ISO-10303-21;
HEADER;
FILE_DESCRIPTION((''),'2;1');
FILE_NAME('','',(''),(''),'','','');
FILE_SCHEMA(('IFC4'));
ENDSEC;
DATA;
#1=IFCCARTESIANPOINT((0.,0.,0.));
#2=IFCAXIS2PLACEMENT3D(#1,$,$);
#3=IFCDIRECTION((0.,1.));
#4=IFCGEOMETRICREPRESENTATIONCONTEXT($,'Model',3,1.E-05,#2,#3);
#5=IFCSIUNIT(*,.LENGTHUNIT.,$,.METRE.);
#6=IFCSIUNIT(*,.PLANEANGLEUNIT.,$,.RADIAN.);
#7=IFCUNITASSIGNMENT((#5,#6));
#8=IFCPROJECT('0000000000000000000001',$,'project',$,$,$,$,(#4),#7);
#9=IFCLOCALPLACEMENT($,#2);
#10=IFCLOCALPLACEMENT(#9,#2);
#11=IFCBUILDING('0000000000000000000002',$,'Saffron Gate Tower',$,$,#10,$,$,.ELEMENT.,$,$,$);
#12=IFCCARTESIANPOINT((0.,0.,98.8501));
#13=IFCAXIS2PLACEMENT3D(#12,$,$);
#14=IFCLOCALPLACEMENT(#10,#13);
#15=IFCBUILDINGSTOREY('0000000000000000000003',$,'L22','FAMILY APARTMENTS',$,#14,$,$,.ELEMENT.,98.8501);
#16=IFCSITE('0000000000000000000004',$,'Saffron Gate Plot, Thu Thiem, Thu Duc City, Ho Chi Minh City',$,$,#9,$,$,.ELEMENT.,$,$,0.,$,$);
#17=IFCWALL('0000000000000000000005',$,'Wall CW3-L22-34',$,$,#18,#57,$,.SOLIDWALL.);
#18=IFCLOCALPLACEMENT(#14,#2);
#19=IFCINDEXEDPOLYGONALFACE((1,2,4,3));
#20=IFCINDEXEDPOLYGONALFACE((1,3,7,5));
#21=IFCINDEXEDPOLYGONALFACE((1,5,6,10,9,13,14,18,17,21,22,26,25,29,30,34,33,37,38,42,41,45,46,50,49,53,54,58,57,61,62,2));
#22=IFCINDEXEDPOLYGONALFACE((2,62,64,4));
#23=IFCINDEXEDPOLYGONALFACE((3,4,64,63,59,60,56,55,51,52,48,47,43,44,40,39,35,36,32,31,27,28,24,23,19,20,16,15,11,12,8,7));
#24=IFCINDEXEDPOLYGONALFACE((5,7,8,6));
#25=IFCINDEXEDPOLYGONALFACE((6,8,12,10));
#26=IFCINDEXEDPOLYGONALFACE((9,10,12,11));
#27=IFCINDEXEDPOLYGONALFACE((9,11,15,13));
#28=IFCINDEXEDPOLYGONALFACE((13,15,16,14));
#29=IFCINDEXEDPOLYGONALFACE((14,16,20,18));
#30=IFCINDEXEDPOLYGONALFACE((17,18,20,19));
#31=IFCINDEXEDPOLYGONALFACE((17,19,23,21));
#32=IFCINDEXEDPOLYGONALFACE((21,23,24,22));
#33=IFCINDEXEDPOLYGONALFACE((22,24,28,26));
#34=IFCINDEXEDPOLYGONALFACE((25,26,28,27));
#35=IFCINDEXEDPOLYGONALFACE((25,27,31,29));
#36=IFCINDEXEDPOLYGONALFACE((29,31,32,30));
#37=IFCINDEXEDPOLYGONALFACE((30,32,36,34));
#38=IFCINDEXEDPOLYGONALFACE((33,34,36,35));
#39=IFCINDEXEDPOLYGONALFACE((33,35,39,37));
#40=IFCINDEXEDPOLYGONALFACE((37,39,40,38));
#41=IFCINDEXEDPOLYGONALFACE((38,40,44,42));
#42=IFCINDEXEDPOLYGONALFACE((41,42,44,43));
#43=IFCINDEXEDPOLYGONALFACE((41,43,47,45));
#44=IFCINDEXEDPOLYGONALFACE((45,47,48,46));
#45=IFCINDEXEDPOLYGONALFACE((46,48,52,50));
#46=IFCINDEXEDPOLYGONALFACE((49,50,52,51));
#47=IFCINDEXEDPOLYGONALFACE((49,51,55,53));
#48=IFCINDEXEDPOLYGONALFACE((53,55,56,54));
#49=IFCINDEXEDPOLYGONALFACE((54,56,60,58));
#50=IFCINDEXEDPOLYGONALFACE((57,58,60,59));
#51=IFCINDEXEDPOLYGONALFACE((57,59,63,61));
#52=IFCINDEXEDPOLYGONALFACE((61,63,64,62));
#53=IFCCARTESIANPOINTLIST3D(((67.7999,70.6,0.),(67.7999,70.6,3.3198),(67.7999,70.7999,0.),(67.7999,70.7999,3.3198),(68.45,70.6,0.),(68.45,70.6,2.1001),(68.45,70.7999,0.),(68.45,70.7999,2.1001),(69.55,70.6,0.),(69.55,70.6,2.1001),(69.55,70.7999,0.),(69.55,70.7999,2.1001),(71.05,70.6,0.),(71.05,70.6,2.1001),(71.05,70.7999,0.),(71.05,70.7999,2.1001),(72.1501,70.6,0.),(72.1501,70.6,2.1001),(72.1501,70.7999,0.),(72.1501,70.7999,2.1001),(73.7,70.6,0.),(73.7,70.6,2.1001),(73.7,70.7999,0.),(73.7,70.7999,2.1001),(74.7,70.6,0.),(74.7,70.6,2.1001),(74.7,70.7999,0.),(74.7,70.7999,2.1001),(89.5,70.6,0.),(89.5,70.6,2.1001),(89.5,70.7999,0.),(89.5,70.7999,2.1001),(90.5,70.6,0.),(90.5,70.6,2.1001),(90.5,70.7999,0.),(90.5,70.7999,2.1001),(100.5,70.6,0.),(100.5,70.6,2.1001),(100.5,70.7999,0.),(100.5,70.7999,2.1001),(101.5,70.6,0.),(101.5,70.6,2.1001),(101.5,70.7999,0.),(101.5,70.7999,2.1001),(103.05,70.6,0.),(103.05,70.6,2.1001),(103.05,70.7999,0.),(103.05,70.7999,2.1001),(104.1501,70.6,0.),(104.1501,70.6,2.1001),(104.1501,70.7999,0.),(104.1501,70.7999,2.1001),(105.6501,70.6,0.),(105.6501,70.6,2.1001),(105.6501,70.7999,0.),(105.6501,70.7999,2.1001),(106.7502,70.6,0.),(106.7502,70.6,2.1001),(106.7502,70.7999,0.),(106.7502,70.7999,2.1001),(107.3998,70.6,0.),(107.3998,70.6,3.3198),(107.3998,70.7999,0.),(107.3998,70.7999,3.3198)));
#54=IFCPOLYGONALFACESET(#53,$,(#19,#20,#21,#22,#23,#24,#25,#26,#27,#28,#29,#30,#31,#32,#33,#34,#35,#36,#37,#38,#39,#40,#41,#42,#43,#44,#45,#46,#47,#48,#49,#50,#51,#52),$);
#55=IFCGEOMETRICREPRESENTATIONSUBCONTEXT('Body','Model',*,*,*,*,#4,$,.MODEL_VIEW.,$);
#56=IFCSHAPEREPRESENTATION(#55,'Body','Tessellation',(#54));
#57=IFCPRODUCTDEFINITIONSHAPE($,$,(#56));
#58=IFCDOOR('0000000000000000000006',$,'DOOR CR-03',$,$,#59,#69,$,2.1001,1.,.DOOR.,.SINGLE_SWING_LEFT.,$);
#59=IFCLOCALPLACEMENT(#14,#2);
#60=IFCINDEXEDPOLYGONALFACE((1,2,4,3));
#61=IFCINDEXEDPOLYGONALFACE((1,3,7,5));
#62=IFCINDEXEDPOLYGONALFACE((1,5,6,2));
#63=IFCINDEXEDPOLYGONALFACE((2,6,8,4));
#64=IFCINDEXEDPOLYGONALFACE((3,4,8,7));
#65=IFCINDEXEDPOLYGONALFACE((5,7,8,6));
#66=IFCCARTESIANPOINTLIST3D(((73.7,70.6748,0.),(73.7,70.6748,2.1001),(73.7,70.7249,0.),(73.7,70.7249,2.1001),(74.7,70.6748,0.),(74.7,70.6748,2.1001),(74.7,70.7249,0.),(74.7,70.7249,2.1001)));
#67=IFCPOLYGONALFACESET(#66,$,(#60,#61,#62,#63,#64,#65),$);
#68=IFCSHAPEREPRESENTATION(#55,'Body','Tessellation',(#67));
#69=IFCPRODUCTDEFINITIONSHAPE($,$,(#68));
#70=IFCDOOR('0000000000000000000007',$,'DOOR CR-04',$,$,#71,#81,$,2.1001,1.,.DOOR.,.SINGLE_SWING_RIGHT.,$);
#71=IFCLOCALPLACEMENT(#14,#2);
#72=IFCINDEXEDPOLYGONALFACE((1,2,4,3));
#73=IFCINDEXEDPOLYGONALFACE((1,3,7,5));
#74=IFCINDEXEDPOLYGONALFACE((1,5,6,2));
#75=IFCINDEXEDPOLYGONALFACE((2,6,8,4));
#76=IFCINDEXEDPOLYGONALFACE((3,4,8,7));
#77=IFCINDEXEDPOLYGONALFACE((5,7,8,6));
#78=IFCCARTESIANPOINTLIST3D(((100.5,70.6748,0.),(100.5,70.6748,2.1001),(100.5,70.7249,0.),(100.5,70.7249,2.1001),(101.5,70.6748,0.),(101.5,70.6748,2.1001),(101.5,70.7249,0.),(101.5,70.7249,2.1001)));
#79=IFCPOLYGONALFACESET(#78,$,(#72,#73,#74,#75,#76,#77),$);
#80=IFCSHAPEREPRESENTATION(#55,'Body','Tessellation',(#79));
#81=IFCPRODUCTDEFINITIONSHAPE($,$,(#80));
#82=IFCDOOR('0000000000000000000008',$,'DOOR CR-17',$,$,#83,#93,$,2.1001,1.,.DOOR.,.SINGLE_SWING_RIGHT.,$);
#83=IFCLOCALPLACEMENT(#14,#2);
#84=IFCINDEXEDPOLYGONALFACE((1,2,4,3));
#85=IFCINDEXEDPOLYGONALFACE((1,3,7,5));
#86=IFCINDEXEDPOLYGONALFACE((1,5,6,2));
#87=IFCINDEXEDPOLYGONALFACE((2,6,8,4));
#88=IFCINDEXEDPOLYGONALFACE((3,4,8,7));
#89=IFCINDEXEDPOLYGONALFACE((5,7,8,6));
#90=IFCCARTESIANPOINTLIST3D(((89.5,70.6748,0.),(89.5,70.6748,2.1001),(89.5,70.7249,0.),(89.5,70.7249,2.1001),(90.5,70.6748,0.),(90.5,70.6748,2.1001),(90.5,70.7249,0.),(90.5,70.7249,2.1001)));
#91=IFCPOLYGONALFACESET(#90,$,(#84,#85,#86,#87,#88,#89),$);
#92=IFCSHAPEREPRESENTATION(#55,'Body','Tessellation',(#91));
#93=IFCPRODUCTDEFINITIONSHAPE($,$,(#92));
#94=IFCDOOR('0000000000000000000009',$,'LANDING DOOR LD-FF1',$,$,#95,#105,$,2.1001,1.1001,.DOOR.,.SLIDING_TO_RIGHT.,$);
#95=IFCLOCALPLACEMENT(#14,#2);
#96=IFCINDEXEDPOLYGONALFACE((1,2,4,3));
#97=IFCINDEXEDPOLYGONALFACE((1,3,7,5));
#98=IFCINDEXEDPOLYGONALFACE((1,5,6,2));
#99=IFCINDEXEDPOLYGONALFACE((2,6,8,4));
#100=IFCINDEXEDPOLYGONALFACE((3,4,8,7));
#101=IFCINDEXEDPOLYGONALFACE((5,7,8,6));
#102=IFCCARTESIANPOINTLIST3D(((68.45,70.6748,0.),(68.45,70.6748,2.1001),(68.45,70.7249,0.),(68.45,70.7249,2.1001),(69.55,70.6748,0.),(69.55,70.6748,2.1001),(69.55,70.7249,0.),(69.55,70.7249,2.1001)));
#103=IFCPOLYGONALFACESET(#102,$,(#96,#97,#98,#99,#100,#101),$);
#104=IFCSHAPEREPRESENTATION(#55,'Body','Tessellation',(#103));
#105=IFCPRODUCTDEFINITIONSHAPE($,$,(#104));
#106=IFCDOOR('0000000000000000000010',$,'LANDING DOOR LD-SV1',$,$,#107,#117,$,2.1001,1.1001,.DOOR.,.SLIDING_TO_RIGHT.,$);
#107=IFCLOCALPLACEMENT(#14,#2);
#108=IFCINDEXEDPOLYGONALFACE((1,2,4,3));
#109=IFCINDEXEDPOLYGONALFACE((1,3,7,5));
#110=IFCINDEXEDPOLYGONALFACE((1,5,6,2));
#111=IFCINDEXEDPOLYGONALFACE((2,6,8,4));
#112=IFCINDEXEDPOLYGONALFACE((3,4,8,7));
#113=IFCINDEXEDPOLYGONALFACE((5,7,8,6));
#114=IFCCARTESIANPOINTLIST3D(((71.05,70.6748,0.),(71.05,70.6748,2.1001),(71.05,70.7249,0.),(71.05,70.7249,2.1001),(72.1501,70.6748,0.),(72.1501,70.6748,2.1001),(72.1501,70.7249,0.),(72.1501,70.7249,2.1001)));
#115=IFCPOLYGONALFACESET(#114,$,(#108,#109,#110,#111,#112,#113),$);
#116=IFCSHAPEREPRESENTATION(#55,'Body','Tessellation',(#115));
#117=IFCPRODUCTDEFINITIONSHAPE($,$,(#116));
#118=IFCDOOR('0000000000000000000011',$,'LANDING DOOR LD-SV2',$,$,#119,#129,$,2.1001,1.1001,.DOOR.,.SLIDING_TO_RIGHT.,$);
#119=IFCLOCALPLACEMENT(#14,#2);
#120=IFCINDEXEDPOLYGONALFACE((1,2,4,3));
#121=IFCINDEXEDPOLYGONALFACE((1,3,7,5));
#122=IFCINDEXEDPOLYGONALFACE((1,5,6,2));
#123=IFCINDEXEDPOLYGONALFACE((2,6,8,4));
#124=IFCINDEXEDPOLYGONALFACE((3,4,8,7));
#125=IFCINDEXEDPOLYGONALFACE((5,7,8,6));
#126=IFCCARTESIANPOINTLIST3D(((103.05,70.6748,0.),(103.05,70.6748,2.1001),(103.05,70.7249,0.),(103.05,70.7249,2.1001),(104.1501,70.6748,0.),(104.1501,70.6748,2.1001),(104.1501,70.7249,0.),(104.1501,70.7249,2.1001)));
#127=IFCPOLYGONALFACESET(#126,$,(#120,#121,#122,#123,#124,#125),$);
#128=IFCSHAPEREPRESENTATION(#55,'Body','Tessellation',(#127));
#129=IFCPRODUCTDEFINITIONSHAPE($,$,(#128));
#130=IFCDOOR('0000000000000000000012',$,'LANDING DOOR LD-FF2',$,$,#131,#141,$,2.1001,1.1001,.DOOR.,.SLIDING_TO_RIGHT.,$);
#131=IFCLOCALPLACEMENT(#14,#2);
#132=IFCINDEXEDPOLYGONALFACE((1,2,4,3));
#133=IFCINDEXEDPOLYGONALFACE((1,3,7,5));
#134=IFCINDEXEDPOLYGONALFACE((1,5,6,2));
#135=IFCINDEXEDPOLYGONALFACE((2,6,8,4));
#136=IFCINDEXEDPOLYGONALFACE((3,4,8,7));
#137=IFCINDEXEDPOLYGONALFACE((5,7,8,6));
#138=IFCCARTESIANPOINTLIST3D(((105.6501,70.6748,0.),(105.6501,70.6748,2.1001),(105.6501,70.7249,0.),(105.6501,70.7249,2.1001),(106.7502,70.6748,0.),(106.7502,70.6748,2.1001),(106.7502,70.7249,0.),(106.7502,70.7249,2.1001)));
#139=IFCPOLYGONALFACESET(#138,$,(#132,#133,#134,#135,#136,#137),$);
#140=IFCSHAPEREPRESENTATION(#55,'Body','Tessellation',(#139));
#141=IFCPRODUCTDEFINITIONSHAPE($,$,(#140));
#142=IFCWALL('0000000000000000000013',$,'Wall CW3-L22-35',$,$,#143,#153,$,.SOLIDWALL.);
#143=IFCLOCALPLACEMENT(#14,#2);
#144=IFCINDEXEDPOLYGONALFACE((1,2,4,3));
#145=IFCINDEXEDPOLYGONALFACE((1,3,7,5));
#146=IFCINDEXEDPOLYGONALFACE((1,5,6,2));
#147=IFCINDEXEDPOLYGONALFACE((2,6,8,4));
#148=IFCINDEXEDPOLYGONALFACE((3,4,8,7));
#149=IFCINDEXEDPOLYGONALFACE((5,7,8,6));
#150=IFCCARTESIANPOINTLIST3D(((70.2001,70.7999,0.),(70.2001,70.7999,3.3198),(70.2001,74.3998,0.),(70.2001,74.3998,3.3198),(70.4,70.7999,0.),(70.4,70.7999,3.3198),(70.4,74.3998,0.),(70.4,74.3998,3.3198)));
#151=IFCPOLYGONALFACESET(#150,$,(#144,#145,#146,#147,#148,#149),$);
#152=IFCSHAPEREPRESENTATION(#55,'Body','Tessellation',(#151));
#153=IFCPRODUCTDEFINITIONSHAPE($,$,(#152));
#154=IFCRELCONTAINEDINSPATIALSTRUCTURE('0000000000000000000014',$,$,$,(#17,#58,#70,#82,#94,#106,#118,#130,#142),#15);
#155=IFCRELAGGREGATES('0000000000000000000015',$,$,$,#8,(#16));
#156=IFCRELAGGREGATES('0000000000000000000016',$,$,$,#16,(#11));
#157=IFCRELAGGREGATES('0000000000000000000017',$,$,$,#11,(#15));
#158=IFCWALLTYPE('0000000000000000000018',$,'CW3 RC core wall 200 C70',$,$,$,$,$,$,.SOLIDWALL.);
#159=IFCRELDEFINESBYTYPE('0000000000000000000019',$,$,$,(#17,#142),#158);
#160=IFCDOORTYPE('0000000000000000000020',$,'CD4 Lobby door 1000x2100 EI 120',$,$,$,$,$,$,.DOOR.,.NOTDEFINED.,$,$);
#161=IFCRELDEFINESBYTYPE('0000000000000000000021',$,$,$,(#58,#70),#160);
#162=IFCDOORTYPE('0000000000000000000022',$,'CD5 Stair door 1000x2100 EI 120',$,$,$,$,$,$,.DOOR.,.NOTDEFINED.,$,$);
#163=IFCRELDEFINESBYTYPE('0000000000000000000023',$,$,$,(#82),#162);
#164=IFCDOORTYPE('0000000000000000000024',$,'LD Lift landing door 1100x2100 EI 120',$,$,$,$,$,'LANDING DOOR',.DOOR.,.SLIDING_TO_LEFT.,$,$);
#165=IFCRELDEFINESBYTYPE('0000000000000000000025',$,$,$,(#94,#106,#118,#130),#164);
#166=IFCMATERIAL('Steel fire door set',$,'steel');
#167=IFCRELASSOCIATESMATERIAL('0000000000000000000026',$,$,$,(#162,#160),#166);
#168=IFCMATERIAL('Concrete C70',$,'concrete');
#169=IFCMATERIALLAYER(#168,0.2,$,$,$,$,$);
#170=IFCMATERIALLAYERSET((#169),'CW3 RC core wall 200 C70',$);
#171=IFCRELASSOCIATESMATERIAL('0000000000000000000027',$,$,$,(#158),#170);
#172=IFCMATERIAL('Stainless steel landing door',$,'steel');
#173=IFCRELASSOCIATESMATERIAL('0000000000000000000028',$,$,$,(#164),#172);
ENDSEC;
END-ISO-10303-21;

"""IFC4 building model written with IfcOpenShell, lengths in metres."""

from ifc_helpers import new_model, si_unit, direction, frame, frame_2d, origin, place, context, subcontext, project, spatial, rectangle, extrude, material, layer, layer_set, type_object, element, fill, save


model = new_model("IFC4")

# Units and contexts
model_context = context("Model", 3, precision=1e-05, world=origin(), true_north=direction((0.0, 1.0)))
body_context = subcontext(model_context, "Body", "Model", "MODEL_VIEW")
ifc_project = project(units=[si_unit("LENGTHUNIT", "METRE"), si_unit("PLANEANGLEUNIT", "RADIAN")], contexts=[model_context])

# Site, building, storey
site_placement = place(None, origin())
site = spatial("IfcSite", under=ifc_project, at=site_placement, Name="Saffron Gate Plot, Thu Thiem, Thu Duc City, Ho Chi Minh City", CompositionType="ELEMENT", RefElevation=0.0)
building_placement = place(site_placement, origin())
building = spatial("IfcBuilding", under=site, at=building_placement, Name="Saffron Gate Tower", CompositionType="ELEMENT")
storey_placement = place(building_placement, frame((0.0, 0.0, 98.8501)))
storey = spatial("IfcBuildingStorey", under=building, at=storey_placement, Name="L22", Description="FAMILY APARTMENTS", CompositionType="ELEMENT", Elevation=98.8501)

# Shared definitions
ifc_material_1 = material(Name="Concrete C70", Category="concrete")

# Wall, openings, doors
ifc_material_2 = material(Name="Steel fire door set", Category="steel")
door_type_1 = type_object("IfcDoorType", Name="CD5 Stair door 1000x2100 EI 120", OperationType="NOTDEFINED", PredefinedType="DOOR", material=ifc_material_2)
ifc_layer_1 = layer(ifc_material_1, 0.2)
ifc_layer_set_1 = layer_set([ifc_layer_1], Name="CW3 RC core wall 200 C70")
wall_type_1 = type_object("IfcWallType", Name="CW3 RC core wall 200 C70", PredefinedType="SOLIDWALL", material=ifc_layer_set_1)
wall_1_placement = place(storey_placement, frame((67.8, 70.7, 0.0), z_axis=(0.0, 0.0, 1.0), x_axis=(1.0, 0.0, 0.0)))
wall_1 = element("IfcWall", 1, at=wall_1_placement, inside=storey, type_object=wall_type_1, Name="Wall CW3-L22-34", PredefinedType="SOLIDWALL", context=body_context, shape_type="SweptSolid", body=[
    extrude(rectangle(XDim=39.5999, YDim=0.2, at=frame_2d((19.7998, 0.0))), origin(), (0.0, 0.0, 1.0), 3.3198),
])
opening_1_placement = place(wall_1_placement, frame((0.6499, 0.0, 0.0)))
opening_1 = element("IfcOpeningElement", 2, at=opening_1_placement, cuts=wall_1, PredefinedType="OPENING", context=body_context, shape_type="SweptSolid", body=[
    extrude(rectangle(XDim=1.1001, YDim=2.1001, at=frame_2d((0.55, 1.05))), frame((0.0, 0.1099, 0.0), z_axis=(0.0, -1.0, 0.0), x_axis=(1.0, 0.0, 0.0)), (0.0, 0.0, 1.0), 0.22),
])
opening_2_placement = place(wall_1_placement, frame((3.25, 0.0, 0.0)))
opening_2 = element("IfcOpeningElement", 3, at=opening_2_placement, cuts=wall_1, PredefinedType="OPENING", context=body_context, shape_type="SweptSolid", body=[
    extrude(rectangle(XDim=1.1001, YDim=2.1001, at=frame_2d((0.55, 1.05))), frame((0.0, 0.1099, 0.0), z_axis=(0.0, -1.0, 0.0), x_axis=(1.0, 0.0, 0.0)), (0.0, 0.0, 1.0), 0.22),
])
opening_3_placement = place(wall_1_placement, frame((5.8999, 0.0, 0.0)))
opening_3 = element("IfcOpeningElement", 4, at=opening_3_placement, cuts=wall_1, PredefinedType="OPENING", context=body_context, shape_type="SweptSolid", body=[
    extrude(rectangle(XDim=1.0, YDim=2.1001, at=frame_2d((0.5, 1.05))), frame((0.0, 0.1099, 0.0), z_axis=(0.0, -1.0, 0.0), x_axis=(1.0, 0.0, 0.0)), (0.0, 0.0, 1.0), 0.22),
])
opening_4_placement = place(wall_1_placement, frame((21.7, 0.0, 0.0)))
opening_4 = element("IfcOpeningElement", 5, at=opening_4_placement, cuts=wall_1, PredefinedType="OPENING", context=body_context, shape_type="SweptSolid", body=[
    extrude(rectangle(XDim=1.0, YDim=2.1001, at=frame_2d((0.5, 1.05))), frame((0.0, 0.1099, 0.0), z_axis=(0.0, -1.0, 0.0), x_axis=(1.0, 0.0, 0.0)), (0.0, 0.0, 1.0), 0.22),
])
opening_5_placement = place(wall_1_placement, frame((32.7, 0.0, 0.0)))
opening_5 = element("IfcOpeningElement", 6, at=opening_5_placement, cuts=wall_1, PredefinedType="OPENING", context=body_context, shape_type="SweptSolid", body=[
    extrude(rectangle(XDim=1.0, YDim=2.1001, at=frame_2d((0.5, 1.05))), frame((0.0, 0.1099, 0.0), z_axis=(0.0, -1.0, 0.0), x_axis=(1.0, 0.0, 0.0)), (0.0, 0.0, 1.0), 0.22),
])
opening_6_placement = place(wall_1_placement, frame((35.25, 0.0, 0.0)))
opening_6 = element("IfcOpeningElement", 7, at=opening_6_placement, cuts=wall_1, PredefinedType="OPENING", context=body_context, shape_type="SweptSolid", body=[
    extrude(rectangle(XDim=1.1001, YDim=2.1001, at=frame_2d((0.55, 1.05))), frame((0.0, 0.1099, 0.0), z_axis=(0.0, -1.0, 0.0), x_axis=(1.0, 0.0, 0.0)), (0.0, 0.0, 1.0), 0.22),
])
opening_7_placement = place(wall_1_placement, frame((37.8501, 0.0, 0.0)))
opening_7 = element("IfcOpeningElement", 8, at=opening_7_placement, cuts=wall_1, PredefinedType="OPENING", context=body_context, shape_type="SweptSolid", body=[
    extrude(rectangle(XDim=1.1001, YDim=2.1001, at=frame_2d((0.55, 1.05))), frame((0.0, 0.1099, 0.0), z_axis=(0.0, -1.0, 0.0), x_axis=(1.0, 0.0, 0.0)), (0.0, 0.0, 1.0), 0.22),
])
door_type_2 = type_object("IfcDoorType", Name="CD4 Lobby door 1000x2100 EI 120", OperationType="NOTDEFINED", PredefinedType="DOOR", material=ifc_material_2)
door_1_placement = place(opening_3_placement, origin())
door_1 = element("IfcDoor", 9, at=door_1_placement, inside=storey, type_object=door_type_2, Name="DOOR CR-03", OperationType="SINGLE_SWING_LEFT", OverallHeight=2.1001, OverallWidth=1.0, PredefinedType="DOOR", context=body_context, shape_type="SweptSolid", body=[
    extrude(rectangle(XDim=1.0, YDim=2.1001, at=frame_2d((0.5, 1.05))), frame((0.0, 0.0249, 0.0), z_axis=(0.0, -1.0, 0.0), x_axis=(1.0, 0.0, 0.0)), (0.0, 0.0, 1.0), 0.05),
])
fill(opening_3, door_1)
door_2_placement = place(opening_5_placement, origin())
door_2 = element("IfcDoor", 10, at=door_2_placement, inside=storey, type_object=door_type_2, Name="DOOR CR-04", OperationType="SINGLE_SWING_RIGHT", OverallHeight=2.1001, OverallWidth=1.0, PredefinedType="DOOR", context=body_context, shape_type="SweptSolid", body=[
    extrude(rectangle(XDim=1.0, YDim=2.1001, at=frame_2d((0.5, 1.05))), frame((0.0, 0.0249, 0.0), z_axis=(0.0, -1.0, 0.0), x_axis=(1.0, 0.0, 0.0)), (0.0, 0.0, 1.0), 0.05),
])
fill(opening_5, door_2)
door_3_placement = place(opening_4_placement, origin())
door_3 = element("IfcDoor", 11, at=door_3_placement, inside=storey, type_object=door_type_1, Name="DOOR CR-17", OperationType="SINGLE_SWING_RIGHT", OverallHeight=2.1001, OverallWidth=1.0, PredefinedType="DOOR", context=body_context, shape_type="SweptSolid", body=[
    extrude(rectangle(XDim=1.0, YDim=2.1001, at=frame_2d((0.5, 1.05))), frame((0.0, 0.0249, 0.0), z_axis=(0.0, -1.0, 0.0), x_axis=(1.0, 0.0, 0.0)), (0.0, 0.0, 1.0), 0.05),
])
fill(opening_4, door_3)
ifc_material_3 = material(Name="Stainless steel landing door", Category="steel")
door_type_3 = type_object("IfcDoorType", Name="LD Lift landing door 1100x2100 EI 120", ElementType="LANDING DOOR", OperationType="SLIDING_TO_LEFT", PredefinedType="DOOR", material=ifc_material_3)
door_4_placement = place(opening_1_placement, origin())
door_4 = element("IfcDoor", 12, at=door_4_placement, inside=storey, type_object=door_type_3, Name="LANDING DOOR LD-FF1", OperationType="SLIDING_TO_RIGHT", OverallHeight=2.1001, OverallWidth=1.1001, PredefinedType="DOOR", context=body_context, shape_type="SweptSolid", body=[
    extrude(rectangle(XDim=1.1001, YDim=2.1001, at=frame_2d((0.55, 1.05))), frame((0.0, 0.0249, 0.0), z_axis=(0.0, -1.0, 0.0), x_axis=(1.0, 0.0, 0.0)), (0.0, 0.0, 1.0), 0.05),
])
fill(opening_1, door_4)
door_5_placement = place(opening_2_placement, origin())
door_5 = element("IfcDoor", 13, at=door_5_placement, inside=storey, type_object=door_type_3, Name="LANDING DOOR LD-SV1", OperationType="SLIDING_TO_RIGHT", OverallHeight=2.1001, OverallWidth=1.1001, PredefinedType="DOOR", context=body_context, shape_type="SweptSolid", body=[
    extrude(rectangle(XDim=1.1001, YDim=2.1001, at=frame_2d((0.55, 1.05))), frame((0.0, 0.0249, 0.0), z_axis=(0.0, -1.0, 0.0), x_axis=(1.0, 0.0, 0.0)), (0.0, 0.0, 1.0), 0.05),
])
fill(opening_2, door_5)
door_6_placement = place(opening_6_placement, origin())
door_6 = element("IfcDoor", 14, at=door_6_placement, inside=storey, type_object=door_type_3, Name="LANDING DOOR LD-SV2", OperationType="SLIDING_TO_RIGHT", OverallHeight=2.1001, OverallWidth=1.1001, PredefinedType="DOOR", context=body_context, shape_type="SweptSolid", body=[
    extrude(rectangle(XDim=1.1001, YDim=2.1001, at=frame_2d((0.55, 1.05))), frame((0.0, 0.0249, 0.0), z_axis=(0.0, -1.0, 0.0), x_axis=(1.0, 0.0, 0.0)), (0.0, 0.0, 1.0), 0.05),
])
fill(opening_6, door_6)
door_7_placement = place(opening_7_placement, origin())
door_7 = element("IfcDoor", 15, at=door_7_placement, inside=storey, type_object=door_type_3, Name="LANDING DOOR LD-FF2", OperationType="SLIDING_TO_RIGHT", OverallHeight=2.1001, OverallWidth=1.1001, PredefinedType="DOOR", context=body_context, shape_type="SweptSolid", body=[
    extrude(rectangle(XDim=1.1001, YDim=2.1001, at=frame_2d((0.55, 1.05))), frame((0.0, 0.0249, 0.0), z_axis=(0.0, -1.0, 0.0), x_axis=(1.0, 0.0, 0.0)), (0.0, 0.0, 1.0), 0.05),
])
fill(opening_7, door_7)

# Wall
wall_2_placement = place(storey_placement, frame((70.3, 70.8, 0.0), z_axis=(0.0, 0.0, 1.0), x_axis=(0.0, 1.0, 0.0)))
element("IfcWall", 16, at=wall_2_placement, inside=storey, type_object=wall_type_1, Name="Wall CW3-L22-35", PredefinedType="SOLIDWALL", context=body_context, shape_type="SweptSolid", body=[
    extrude(rectangle(XDim=3.5999, YDim=0.2, at=frame_2d((1.7998, 0.0))), origin(), (0.0, 0.0, 1.0), 3.3198),
])

save(model, "model.ifc")
